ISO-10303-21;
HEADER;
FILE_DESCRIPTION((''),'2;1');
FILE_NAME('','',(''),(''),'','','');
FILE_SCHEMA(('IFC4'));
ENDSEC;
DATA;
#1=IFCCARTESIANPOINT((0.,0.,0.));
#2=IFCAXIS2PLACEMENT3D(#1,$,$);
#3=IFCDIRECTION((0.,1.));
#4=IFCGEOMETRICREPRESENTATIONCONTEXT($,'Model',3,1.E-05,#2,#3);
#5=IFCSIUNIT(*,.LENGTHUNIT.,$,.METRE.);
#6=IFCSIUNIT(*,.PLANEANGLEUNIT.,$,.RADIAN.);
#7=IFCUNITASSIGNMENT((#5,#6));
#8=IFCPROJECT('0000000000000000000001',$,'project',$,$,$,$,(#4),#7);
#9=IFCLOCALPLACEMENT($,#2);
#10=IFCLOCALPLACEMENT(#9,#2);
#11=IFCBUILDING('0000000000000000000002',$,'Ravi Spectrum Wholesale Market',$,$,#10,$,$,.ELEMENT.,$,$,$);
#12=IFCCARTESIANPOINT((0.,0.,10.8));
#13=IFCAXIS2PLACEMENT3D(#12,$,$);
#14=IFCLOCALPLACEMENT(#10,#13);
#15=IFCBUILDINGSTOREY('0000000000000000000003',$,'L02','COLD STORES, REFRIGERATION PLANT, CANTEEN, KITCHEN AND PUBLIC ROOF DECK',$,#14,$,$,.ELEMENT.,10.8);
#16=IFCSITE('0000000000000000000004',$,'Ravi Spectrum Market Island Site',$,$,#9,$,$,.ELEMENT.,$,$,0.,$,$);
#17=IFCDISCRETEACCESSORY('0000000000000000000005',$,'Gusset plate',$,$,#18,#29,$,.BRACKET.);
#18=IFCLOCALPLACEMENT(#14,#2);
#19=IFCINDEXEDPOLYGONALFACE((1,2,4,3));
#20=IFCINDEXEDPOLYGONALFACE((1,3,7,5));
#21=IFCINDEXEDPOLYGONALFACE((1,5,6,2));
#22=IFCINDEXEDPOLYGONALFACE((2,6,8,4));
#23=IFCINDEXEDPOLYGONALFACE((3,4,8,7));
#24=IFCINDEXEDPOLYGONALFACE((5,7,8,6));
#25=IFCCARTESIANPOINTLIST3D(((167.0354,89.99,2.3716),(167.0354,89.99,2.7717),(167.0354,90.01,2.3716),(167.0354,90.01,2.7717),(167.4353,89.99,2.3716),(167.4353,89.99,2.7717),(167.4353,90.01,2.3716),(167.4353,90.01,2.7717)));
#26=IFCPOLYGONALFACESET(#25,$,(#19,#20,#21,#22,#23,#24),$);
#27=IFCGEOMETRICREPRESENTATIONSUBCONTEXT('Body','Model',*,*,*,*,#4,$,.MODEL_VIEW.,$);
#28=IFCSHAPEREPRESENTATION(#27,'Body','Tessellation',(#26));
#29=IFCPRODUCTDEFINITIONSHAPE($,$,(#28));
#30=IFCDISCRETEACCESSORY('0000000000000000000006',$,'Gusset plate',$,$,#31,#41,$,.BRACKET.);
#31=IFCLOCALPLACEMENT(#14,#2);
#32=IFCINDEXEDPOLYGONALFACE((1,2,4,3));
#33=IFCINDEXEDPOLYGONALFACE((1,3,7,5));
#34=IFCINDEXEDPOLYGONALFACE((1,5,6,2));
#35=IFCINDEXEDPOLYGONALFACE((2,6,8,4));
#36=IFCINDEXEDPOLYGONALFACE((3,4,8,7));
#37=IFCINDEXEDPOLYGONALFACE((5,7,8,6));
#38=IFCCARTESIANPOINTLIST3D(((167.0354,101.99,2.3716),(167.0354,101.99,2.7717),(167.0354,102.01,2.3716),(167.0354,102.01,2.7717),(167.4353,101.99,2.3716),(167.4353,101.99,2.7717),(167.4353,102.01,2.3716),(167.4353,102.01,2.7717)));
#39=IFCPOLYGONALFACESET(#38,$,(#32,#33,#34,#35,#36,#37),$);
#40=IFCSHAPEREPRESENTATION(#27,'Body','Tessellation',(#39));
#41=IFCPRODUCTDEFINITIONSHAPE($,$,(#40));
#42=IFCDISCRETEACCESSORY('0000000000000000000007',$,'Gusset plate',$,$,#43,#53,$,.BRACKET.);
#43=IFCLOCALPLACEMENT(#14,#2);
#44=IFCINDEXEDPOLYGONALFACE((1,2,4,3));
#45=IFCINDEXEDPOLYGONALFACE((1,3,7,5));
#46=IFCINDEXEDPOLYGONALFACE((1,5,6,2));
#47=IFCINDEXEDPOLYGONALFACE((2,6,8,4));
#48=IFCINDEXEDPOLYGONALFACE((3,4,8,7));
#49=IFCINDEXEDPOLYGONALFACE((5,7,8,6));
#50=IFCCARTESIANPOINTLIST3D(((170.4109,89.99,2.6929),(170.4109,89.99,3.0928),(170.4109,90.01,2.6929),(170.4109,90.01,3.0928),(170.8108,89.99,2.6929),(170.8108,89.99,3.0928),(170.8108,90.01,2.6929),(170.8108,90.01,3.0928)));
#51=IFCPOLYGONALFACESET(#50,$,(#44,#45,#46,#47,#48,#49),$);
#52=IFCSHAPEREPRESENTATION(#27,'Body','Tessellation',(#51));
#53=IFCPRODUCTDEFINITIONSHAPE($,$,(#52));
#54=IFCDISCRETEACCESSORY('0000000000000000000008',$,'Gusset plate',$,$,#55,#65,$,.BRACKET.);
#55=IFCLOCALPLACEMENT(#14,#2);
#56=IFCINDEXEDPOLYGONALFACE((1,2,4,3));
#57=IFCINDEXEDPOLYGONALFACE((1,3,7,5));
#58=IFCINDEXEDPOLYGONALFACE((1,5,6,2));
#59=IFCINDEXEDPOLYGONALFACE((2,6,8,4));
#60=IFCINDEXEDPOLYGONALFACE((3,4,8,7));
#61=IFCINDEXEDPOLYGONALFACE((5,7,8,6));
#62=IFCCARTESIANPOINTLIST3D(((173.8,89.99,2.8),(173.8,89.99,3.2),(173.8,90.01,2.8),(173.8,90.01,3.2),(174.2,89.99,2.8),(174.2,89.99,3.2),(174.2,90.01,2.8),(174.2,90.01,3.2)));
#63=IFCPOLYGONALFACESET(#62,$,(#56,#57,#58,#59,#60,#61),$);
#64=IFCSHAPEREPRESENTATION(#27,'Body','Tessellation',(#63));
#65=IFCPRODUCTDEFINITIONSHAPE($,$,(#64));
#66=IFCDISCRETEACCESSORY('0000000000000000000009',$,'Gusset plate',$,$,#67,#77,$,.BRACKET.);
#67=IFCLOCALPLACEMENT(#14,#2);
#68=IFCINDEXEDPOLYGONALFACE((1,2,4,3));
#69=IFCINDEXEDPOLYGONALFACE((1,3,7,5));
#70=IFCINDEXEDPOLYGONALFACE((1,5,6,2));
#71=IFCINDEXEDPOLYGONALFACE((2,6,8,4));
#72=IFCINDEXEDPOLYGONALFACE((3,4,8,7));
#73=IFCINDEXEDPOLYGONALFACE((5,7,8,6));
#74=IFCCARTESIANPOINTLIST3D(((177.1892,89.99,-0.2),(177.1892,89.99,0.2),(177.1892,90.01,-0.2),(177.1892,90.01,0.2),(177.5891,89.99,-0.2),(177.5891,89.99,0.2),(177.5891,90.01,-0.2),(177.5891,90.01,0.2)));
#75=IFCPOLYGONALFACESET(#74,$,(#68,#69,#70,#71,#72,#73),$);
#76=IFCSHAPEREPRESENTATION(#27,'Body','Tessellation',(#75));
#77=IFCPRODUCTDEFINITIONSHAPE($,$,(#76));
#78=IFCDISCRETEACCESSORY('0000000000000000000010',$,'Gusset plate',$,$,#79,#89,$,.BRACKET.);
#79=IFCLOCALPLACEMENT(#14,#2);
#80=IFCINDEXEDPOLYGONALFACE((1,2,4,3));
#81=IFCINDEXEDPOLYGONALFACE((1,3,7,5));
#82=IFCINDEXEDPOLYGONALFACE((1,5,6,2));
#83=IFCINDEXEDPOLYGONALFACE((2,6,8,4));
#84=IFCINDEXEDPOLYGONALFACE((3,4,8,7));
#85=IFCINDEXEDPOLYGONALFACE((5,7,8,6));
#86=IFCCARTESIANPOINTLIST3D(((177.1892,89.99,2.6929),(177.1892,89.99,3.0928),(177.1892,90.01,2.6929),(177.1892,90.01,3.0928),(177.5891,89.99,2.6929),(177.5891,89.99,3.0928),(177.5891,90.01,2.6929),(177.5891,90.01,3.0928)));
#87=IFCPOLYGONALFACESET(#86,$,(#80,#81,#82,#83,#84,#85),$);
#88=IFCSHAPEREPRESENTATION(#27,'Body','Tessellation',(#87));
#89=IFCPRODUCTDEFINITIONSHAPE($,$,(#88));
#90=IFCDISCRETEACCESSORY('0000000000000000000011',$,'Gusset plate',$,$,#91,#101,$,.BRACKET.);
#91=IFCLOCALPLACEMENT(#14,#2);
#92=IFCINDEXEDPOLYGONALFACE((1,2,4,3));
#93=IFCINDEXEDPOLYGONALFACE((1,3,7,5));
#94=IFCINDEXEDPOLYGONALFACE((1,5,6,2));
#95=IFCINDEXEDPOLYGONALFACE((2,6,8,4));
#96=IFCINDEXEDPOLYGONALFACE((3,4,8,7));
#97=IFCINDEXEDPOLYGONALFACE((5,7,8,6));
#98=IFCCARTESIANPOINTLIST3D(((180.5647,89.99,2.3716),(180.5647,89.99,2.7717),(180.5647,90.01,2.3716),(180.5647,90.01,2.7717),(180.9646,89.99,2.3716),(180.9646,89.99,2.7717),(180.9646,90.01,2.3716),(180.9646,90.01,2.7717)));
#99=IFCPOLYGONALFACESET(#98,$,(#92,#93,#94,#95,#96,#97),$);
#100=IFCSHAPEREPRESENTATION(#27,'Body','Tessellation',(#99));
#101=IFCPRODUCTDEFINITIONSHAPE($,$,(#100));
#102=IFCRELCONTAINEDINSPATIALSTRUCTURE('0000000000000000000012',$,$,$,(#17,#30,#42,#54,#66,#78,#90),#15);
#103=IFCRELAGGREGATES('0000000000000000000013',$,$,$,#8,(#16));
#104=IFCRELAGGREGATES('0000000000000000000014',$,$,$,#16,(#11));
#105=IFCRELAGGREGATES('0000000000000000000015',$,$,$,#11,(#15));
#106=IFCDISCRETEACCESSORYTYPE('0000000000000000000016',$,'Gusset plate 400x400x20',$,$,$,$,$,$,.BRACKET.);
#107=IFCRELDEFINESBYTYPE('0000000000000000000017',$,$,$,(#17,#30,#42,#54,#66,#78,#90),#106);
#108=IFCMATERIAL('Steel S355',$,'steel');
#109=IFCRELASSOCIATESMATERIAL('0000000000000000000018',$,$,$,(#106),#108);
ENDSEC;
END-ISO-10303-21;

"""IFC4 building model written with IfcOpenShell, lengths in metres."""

from ifc_helpers import new_model, si_unit, direction, frame, origin, origin_2d, place, context, subcontext, project, spatial, rectangle, extrude, material, material_profile, profile_set, type_object, element, save


model = new_model("IFC4")

# Units and contexts
model_context = context("Model", 3, precision=1e-05, world=origin(), true_north=direction((0.0, 1.0)))
body_context = subcontext(model_context, "Body", "Model", "MODEL_VIEW")
ifc_project = project(units=[si_unit("LENGTHUNIT", "METRE"), si_unit("PLANEANGLEUNIT", "RADIAN")], contexts=[model_context])

# Site, building, storey
site_placement = place(None, origin())
site = spatial("IfcSite", under=ifc_project, at=site_placement, Name="Ravi Spectrum Market Island Site", CompositionType="ELEMENT", RefElevation=0.0)
building_placement = place(site_placement, origin())
building = spatial("IfcBuilding", under=site, at=building_placement, Name="Ravi Spectrum Wholesale Market", CompositionType="ELEMENT")
storey_placement = place(building_placement, frame((0.0, 0.0, 10.8)))
storey = spatial("IfcBuildingStorey", under=building, at=storey_placement, Name="L02", Description="COLD STORES, REFRIGERATION PLANT, CANTEEN, KITCHEN AND PUBLIC ROOF DECK", CompositionType="ELEMENT", Elevation=10.8)

# Discrete accessories
ifc_material_1 = material(Name="Steel S355", Category="steel")
ifc_material_profile_1 = material_profile(ifc_material_1, rectangle(XDim=0.3999, YDim=0.02, at=origin_2d()))
ifc_profile_set_1 = profile_set([ifc_material_profile_1], Name="Steel S355")
discrete_accessory_type_1 = type_object("IfcDiscreteAccessoryType", Name="Gusset plate 400x400x20", PredefinedType="BRACKET", material=ifc_profile_set_1)
for number, where, z_axis, x_axis, name in (
    (1, (167.2354, 90.0, 2.3716), (0.0, 0.0, 1.0), (1.0, 0.0, 0.0), "Gusset plate"),
    (2, (167.2354, 102.0, 2.3716), (0.0, 0.0, 1.0), (1.0, 0.0, 0.0), "Gusset plate"),
):
    element("IfcDiscreteAccessory", number, at=place(storey_placement, frame(where, z_axis=z_axis, x_axis=x_axis)), inside=storey, type_object=discrete_accessory_type_1, Name=name, PredefinedType="BRACKET", context=body_context, shape_type="SweptSolid", body=[
        extrude(rectangle(XDim=0.3999, YDim=0.02, at=origin_2d()), origin(), (0.0, 0.0, 1.0), 0.4001),
    ])
for number, where, z_axis, x_axis, name in (
    (3, (170.6108, 90.0, 2.6929), (0.0, 0.0, 1.0), (1.0, 0.0, 0.0), "Gusset plate"),
    (4, (174.0, 90.0, 2.8), (0.0, 0.0, 1.0), (1.0, 0.0, 0.0), "Gusset plate"),
    (5, (177.3892, 90.0, -0.2), (0.0, 0.0, 1.0), (1.0, 0.0, 0.0), "Gusset plate"),
    (6, (177.3892, 90.0, 2.6929), (0.0, 0.0, 1.0), (-1.0, 0.0, 0.0), "Gusset plate"),
):
    element("IfcDiscreteAccessory", number, at=place(storey_placement, frame(where, z_axis=z_axis, x_axis=x_axis)), inside=storey, type_object=discrete_accessory_type_1, Name=name, PredefinedType="BRACKET", context=body_context, shape_type="SweptSolid", body=[
        extrude(rectangle(XDim=0.3999, YDim=0.02, at=origin_2d()), origin(), (0.0, 0.0, 1.0), 0.3999),
    ])
discrete_accessory_placement = place(storey_placement, frame((180.7646, 90.0, 2.3716), z_axis=(0.0, 0.0, 1.0), x_axis=(-1.0, 0.0, 0.0)))
element("IfcDiscreteAccessory", 7, at=discrete_accessory_placement, inside=storey, type_object=discrete_accessory_type_1, Name="Gusset plate", PredefinedType="BRACKET", context=body_context, shape_type="SweptSolid", body=[
    extrude(rectangle(XDim=0.3999, YDim=0.02, at=origin_2d()), origin(), (0.0, 0.0, 1.0), 0.4001),
])

save(model, "model.ifc")
